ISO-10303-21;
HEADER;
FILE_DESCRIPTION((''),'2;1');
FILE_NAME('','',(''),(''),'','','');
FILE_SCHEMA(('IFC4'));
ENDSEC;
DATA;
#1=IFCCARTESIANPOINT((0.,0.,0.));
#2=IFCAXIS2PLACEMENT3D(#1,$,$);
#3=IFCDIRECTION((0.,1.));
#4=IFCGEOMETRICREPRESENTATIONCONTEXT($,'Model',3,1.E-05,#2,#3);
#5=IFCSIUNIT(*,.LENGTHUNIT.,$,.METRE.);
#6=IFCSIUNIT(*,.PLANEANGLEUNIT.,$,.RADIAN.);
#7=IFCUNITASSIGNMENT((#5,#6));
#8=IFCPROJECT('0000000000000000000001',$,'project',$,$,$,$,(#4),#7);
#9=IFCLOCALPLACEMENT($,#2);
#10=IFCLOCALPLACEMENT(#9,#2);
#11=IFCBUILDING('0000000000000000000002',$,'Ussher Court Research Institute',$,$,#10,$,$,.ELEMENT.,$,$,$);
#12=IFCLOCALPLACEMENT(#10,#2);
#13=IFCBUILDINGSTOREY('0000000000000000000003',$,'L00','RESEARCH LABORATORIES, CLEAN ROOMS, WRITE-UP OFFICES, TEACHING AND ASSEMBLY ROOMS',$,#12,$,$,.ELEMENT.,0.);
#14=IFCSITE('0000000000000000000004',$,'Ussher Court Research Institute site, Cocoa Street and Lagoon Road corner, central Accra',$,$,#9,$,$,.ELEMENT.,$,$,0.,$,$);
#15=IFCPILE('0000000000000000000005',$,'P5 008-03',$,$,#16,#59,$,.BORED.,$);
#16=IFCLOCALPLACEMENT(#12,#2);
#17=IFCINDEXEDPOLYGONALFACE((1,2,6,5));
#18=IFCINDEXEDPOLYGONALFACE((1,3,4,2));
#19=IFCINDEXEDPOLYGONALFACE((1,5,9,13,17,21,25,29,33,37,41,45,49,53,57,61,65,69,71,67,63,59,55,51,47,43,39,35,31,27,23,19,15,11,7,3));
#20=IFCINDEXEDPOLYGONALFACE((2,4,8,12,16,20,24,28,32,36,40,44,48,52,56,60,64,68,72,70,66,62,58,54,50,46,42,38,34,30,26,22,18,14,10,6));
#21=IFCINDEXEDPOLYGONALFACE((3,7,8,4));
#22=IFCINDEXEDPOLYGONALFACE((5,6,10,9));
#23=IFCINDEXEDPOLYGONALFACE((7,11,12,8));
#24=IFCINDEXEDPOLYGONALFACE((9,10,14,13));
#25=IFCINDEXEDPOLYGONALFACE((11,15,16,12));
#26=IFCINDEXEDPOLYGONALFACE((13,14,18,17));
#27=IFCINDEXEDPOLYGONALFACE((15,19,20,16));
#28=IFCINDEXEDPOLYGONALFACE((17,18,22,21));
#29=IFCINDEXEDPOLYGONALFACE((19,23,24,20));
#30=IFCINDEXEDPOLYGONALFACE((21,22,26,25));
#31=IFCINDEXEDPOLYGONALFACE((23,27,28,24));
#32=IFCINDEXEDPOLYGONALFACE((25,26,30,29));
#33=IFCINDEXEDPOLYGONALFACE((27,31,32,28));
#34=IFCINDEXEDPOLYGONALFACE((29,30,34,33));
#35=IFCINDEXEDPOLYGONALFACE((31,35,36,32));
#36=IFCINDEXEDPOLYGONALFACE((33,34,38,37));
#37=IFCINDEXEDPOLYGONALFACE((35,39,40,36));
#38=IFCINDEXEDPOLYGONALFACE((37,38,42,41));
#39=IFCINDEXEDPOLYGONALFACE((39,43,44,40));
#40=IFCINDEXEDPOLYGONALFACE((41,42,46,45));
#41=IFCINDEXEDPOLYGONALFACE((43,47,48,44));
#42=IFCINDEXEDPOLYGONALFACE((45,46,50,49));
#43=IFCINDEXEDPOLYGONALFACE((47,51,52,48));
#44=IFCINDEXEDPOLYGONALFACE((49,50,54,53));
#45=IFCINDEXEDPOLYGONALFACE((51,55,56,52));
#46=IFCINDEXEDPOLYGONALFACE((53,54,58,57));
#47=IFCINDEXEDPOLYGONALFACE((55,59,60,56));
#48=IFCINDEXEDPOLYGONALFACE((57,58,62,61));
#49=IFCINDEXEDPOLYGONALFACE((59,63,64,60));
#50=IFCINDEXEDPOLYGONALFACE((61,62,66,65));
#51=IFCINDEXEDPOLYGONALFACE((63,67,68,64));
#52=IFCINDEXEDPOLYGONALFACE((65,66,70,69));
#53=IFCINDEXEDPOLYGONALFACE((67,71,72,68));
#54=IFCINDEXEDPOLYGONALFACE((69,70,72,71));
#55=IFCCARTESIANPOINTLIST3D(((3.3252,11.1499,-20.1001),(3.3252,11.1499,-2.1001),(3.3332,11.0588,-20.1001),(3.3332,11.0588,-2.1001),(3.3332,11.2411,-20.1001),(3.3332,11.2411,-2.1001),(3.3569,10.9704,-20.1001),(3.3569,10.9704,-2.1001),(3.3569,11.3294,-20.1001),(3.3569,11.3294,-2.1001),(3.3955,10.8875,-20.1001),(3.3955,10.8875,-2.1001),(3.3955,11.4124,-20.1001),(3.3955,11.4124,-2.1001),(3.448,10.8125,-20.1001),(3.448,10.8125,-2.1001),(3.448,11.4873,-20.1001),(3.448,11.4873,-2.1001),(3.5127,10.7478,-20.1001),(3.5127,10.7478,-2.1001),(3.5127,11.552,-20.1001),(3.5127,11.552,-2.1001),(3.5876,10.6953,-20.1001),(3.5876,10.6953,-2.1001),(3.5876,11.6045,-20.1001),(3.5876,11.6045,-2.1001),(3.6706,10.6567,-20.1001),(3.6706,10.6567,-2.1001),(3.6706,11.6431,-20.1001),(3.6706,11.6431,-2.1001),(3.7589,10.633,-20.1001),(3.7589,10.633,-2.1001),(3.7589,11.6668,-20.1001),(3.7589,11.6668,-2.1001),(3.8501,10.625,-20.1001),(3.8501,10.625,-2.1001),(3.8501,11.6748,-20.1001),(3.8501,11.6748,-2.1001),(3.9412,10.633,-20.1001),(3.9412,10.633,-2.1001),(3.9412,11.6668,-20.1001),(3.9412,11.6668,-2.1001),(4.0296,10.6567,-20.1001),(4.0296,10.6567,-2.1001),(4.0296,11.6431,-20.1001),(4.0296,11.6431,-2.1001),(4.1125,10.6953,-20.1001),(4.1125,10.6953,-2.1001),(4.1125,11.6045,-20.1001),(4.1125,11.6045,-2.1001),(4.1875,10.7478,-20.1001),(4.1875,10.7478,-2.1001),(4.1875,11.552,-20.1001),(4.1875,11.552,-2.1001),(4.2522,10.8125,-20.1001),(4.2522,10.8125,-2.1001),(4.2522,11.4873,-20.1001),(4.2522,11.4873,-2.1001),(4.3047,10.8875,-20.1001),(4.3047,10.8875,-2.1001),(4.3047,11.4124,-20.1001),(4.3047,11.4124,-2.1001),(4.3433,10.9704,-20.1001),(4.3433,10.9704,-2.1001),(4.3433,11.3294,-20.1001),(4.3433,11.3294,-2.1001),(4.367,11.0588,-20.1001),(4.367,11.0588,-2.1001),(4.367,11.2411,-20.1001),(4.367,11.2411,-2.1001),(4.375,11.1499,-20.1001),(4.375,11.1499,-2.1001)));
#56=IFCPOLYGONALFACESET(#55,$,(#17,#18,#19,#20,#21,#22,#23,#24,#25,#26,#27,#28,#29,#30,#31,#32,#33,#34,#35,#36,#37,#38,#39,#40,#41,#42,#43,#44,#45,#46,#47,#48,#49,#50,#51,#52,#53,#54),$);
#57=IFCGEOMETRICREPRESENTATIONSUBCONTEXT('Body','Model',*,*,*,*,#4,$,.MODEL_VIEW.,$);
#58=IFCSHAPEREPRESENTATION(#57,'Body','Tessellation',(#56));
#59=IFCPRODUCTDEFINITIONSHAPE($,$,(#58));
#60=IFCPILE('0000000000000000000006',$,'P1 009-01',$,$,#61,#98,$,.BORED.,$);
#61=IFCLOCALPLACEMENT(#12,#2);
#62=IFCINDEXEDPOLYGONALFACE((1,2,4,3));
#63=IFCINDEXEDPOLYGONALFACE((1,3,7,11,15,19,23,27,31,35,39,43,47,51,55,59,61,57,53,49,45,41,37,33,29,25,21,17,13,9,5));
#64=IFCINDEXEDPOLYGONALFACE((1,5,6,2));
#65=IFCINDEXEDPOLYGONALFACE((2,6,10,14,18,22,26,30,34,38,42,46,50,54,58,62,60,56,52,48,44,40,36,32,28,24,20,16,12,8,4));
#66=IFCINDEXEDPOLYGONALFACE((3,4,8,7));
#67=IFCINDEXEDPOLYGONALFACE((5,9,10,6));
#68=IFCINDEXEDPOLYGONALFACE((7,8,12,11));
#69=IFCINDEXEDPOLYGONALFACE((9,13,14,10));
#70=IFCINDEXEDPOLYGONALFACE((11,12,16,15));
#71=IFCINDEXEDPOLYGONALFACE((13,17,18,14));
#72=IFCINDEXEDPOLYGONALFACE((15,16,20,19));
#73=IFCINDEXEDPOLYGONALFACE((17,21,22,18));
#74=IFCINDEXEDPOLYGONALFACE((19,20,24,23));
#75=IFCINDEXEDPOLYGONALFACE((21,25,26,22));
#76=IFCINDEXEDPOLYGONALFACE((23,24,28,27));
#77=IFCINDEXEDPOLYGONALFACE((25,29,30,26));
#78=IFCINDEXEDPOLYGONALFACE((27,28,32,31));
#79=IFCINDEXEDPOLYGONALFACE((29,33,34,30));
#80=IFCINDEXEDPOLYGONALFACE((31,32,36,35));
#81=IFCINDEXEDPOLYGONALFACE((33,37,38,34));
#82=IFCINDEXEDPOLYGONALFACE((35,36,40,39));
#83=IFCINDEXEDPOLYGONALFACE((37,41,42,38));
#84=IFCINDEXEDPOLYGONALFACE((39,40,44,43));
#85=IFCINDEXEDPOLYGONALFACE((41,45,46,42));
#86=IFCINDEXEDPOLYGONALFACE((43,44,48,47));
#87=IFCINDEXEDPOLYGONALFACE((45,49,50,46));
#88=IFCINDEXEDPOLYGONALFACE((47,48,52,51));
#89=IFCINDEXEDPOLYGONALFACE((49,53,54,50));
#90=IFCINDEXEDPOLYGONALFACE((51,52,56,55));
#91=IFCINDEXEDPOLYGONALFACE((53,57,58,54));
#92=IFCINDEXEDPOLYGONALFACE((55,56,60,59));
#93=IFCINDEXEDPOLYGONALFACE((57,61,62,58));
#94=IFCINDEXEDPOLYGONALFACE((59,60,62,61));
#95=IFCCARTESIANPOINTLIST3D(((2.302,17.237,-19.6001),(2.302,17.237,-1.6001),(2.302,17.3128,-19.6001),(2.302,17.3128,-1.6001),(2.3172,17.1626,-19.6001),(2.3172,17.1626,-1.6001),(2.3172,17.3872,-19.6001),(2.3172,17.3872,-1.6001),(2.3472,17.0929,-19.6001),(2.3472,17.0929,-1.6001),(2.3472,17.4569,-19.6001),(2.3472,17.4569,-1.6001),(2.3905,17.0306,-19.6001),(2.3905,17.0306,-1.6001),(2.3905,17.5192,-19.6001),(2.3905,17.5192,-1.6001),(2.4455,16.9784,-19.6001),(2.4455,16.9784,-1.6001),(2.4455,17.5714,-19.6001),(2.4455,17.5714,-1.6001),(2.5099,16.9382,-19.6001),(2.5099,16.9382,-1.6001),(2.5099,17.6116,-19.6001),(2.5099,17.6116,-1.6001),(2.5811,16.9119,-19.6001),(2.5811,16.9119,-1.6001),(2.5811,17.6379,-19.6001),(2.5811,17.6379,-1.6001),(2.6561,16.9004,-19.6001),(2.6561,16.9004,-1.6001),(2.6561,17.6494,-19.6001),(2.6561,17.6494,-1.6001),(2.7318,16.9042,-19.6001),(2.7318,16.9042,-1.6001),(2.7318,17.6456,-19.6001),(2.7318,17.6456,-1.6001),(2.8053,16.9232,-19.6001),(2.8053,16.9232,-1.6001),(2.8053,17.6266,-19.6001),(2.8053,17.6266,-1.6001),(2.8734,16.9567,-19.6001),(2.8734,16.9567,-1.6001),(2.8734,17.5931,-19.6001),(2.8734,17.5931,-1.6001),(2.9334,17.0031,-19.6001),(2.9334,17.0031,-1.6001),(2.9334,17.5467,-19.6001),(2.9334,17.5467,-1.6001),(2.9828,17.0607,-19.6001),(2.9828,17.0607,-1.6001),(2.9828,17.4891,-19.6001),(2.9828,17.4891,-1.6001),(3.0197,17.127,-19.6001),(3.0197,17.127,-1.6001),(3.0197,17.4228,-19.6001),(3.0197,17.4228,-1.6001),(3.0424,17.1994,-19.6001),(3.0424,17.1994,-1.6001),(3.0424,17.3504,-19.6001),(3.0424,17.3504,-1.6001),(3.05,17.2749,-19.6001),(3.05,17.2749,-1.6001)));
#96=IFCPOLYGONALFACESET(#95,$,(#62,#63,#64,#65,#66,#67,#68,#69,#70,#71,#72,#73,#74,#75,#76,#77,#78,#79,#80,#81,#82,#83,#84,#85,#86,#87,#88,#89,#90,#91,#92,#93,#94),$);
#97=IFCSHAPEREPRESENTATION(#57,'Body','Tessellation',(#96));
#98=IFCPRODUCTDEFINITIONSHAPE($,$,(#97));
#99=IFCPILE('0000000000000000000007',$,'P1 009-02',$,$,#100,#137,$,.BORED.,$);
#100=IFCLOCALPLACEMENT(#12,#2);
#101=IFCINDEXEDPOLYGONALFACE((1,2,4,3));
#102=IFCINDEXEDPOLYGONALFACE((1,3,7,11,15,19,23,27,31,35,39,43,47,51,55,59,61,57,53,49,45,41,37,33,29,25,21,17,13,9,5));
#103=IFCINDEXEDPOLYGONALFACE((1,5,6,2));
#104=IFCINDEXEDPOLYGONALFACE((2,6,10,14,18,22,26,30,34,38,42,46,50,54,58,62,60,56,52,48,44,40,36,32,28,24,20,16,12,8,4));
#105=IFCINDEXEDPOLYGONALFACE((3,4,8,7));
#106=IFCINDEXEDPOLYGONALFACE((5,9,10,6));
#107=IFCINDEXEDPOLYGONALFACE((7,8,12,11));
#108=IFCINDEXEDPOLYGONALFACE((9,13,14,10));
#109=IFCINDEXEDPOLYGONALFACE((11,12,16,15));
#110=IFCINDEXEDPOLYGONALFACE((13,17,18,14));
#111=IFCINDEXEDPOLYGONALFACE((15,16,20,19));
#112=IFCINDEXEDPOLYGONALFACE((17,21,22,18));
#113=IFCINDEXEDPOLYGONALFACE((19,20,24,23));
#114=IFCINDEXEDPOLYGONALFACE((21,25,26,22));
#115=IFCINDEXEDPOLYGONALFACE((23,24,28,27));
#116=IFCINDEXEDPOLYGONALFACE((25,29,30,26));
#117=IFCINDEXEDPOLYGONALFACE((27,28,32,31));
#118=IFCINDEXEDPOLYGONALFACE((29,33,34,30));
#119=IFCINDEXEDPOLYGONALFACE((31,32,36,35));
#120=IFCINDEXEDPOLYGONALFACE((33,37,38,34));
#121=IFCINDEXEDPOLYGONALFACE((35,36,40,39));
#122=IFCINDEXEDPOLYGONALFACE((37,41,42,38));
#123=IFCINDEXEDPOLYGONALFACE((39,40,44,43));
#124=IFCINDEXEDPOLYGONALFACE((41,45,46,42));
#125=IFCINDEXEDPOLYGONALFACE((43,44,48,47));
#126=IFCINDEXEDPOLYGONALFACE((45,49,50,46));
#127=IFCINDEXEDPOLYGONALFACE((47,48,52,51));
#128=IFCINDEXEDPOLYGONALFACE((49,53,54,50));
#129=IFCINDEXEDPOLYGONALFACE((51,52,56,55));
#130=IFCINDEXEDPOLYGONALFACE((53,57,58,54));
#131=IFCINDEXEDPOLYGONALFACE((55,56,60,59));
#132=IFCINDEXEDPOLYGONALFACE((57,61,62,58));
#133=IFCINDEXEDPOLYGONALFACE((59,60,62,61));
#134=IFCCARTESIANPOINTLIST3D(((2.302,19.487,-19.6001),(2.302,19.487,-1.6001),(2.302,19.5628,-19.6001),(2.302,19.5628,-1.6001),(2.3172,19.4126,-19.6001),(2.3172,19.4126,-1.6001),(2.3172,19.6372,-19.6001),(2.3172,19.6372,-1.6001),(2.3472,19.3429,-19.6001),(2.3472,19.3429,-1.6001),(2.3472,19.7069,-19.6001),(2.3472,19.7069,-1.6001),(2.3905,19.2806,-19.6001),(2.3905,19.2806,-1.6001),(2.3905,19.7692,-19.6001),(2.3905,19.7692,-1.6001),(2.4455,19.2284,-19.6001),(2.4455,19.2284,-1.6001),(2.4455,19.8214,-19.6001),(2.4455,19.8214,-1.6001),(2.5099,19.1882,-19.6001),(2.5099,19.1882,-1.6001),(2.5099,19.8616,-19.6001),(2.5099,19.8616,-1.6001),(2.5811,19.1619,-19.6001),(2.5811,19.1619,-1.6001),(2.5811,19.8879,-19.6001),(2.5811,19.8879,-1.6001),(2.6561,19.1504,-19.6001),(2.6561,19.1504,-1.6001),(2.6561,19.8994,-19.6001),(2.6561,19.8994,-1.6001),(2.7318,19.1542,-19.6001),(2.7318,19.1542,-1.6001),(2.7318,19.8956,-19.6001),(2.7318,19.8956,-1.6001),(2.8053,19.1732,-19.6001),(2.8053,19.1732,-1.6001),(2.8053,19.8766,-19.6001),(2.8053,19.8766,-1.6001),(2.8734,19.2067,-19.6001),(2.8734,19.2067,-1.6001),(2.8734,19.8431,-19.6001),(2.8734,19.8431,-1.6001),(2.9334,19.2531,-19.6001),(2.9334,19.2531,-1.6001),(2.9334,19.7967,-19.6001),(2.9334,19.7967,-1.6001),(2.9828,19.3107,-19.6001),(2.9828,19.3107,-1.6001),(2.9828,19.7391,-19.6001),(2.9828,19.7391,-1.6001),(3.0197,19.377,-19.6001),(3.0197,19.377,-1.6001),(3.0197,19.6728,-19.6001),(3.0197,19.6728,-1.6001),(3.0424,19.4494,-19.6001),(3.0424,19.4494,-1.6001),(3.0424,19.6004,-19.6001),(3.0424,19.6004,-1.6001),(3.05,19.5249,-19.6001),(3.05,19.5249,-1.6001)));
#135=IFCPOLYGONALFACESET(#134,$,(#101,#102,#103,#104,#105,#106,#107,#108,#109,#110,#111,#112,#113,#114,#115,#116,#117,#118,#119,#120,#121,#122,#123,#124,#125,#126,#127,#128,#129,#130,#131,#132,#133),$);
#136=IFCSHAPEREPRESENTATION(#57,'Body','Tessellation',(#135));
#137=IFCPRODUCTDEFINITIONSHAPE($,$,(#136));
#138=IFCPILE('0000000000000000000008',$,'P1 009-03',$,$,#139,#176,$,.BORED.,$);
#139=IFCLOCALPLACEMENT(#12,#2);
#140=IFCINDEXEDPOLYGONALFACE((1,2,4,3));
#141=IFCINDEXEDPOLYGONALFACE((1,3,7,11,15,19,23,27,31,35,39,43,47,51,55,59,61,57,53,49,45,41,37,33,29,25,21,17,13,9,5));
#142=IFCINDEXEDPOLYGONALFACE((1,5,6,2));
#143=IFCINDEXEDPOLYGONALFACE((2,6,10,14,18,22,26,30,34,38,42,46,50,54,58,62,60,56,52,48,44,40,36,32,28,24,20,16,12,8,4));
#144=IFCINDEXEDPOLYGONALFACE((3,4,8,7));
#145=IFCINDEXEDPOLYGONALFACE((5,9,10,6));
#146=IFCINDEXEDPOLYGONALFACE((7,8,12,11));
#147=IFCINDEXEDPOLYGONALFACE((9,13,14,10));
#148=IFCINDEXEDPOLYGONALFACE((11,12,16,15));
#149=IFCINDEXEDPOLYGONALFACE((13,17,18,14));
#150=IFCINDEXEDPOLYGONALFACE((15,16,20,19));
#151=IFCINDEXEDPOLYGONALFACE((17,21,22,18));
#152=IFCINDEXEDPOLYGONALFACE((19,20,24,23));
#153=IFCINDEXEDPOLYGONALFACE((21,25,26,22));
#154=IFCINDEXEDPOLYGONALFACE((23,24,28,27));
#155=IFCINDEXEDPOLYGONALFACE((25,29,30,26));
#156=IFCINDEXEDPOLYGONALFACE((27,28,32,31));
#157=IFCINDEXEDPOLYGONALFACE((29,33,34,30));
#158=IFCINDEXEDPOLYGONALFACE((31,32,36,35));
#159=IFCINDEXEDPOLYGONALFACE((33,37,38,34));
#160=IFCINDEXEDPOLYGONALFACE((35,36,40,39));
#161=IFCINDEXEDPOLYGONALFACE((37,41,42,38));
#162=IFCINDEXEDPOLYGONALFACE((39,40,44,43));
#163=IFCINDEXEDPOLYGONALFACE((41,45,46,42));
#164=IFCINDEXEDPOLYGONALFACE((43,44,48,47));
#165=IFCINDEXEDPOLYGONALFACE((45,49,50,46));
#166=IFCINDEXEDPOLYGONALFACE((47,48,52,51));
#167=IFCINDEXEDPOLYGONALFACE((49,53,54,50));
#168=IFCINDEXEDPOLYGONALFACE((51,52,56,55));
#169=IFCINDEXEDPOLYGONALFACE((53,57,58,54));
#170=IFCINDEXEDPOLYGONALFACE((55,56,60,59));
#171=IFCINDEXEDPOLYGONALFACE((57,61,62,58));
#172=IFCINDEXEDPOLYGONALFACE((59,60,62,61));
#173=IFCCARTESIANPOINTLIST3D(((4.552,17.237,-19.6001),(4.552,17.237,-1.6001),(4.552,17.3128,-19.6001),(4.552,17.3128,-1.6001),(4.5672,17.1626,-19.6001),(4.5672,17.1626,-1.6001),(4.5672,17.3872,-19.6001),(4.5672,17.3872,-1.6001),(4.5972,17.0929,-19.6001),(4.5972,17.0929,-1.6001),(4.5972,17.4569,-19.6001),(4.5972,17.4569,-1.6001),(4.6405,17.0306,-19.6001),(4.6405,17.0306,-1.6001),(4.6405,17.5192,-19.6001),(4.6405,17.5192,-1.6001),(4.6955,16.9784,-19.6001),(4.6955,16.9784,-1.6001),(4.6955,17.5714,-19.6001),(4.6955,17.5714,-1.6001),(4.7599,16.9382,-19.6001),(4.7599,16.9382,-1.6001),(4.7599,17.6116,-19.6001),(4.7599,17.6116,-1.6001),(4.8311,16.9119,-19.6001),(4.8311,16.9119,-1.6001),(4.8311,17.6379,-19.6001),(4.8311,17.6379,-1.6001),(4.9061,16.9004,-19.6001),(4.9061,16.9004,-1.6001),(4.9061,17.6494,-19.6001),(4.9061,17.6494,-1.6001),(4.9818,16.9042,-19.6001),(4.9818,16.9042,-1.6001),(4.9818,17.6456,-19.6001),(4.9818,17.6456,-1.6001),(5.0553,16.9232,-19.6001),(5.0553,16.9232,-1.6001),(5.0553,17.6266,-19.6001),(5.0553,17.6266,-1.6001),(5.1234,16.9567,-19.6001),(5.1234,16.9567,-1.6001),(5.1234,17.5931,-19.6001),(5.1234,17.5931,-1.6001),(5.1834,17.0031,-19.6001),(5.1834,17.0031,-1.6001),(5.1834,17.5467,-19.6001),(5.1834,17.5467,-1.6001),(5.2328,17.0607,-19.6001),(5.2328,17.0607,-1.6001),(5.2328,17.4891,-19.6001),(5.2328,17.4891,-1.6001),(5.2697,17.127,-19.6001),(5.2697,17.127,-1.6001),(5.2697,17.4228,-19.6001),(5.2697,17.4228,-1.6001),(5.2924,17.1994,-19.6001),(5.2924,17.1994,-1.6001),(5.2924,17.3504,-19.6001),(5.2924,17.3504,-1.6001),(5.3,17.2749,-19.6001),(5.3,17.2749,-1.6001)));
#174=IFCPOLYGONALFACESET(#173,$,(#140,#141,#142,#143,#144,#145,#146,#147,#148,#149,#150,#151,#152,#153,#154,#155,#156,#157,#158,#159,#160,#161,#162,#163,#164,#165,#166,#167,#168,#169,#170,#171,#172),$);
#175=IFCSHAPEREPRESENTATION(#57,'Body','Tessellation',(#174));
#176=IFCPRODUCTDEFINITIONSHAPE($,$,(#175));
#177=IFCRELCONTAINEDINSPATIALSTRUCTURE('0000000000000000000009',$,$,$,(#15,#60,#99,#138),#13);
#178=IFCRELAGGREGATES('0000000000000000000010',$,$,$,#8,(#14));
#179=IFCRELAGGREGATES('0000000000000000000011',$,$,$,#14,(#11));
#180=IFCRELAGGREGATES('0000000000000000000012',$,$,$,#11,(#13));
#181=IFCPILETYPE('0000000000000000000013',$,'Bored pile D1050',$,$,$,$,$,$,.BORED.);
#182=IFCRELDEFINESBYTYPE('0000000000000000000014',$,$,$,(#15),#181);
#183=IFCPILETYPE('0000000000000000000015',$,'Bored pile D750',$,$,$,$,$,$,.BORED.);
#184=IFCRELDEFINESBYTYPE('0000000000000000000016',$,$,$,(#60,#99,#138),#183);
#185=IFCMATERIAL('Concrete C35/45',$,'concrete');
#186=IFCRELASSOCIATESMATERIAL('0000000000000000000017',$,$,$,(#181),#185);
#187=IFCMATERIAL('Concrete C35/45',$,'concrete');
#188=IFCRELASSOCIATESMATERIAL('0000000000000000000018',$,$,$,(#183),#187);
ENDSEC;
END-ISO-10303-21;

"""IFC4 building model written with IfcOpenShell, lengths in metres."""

from ifc_helpers import new_model, si_unit, direction, frame, origin, origin_2d, place, context, subcontext, project, spatial, circle, extrude, material, material_profile, profile_set, type_object, element, save


model = new_model("IFC4")

# Units and contexts
model_context = context("Model", 3, precision=1e-05, world=origin(), true_north=direction((0.0, 1.0)))
body_context = subcontext(model_context, "Body", "Model", "MODEL_VIEW")
ifc_project = project(units=[si_unit("LENGTHUNIT", "METRE"), si_unit("PLANEANGLEUNIT", "RADIAN")], contexts=[model_context])

# Site, building, storey
site_placement = place(None, origin())
site = spatial("IfcSite", under=ifc_project, at=site_placement, Name="Ussher Court Research Institute site, Cocoa Street and Lagoon Road corner, central Accra", CompositionType="ELEMENT", RefElevation=0.0)
building_placement = place(site_placement, origin())
building = spatial("IfcBuilding", under=site, at=building_placement, Name="Ussher Court Research Institute", CompositionType="ELEMENT")
storey_placement = place(building_placement, origin())
storey = spatial("IfcBuildingStorey", under=building, at=storey_placement, Name="L00", Description="RESEARCH LABORATORIES, CLEAN ROOMS, WRITE-UP OFFICES, TEACHING AND ASSEMBLY ROOMS", CompositionType="ELEMENT", Elevation=0.0)

# Piles
ifc_material_1 = material(Name="Concrete C35/45", Category="concrete")
ifc_material_profile_1 = material_profile(ifc_material_1, circle(Radius=0.5249, at=origin_2d()), Name="RC D1050")
ifc_profile_set_1 = profile_set([ifc_material_profile_1], Name="Concrete C35/45")
pile_type_1 = type_object("IfcPileType", Name="Bored pile D1050", PredefinedType="BORED", material=ifc_profile_set_1)
pile_placement = place(storey_placement, frame((3.8501, 11.1499, -2.1001), z_axis=(0.0, 0.0, -1.0), x_axis=(1.0, 0.0, 0.0)))
element("IfcPile", 1, at=pile_placement, inside=storey, type_object=pile_type_1, Name="P5 008-03", PredefinedType="BORED", context=body_context, shape_type="SweptSolid", body=[
    extrude(circle(Radius=0.5249, at=origin_2d()), origin(), (0.0, 0.0, 1.0), 18.0),
])
ifc_material_2 = material(Name="Concrete C35/45", Category="concrete")
ifc_material_profile_2 = material_profile(ifc_material_2, circle(Radius=0.375, at=origin_2d()), Name="RC D750")
ifc_profile_set_2 = profile_set([ifc_material_profile_2], Name="Concrete C35/45")
pile_type_2 = type_object("IfcPileType", Name="Bored pile D750", PredefinedType="BORED", material=ifc_profile_set_2)
for number, where, z_axis, x_axis, name in (
    (2, (2.675, 17.2749, -1.6001), (0.0, 0.0, -1.0), (1.0, 0.0, 0.0), "P1 009-01"),
    (3, (2.675, 19.5249, -1.6001), (0.0, 0.0, -1.0), (1.0, 0.0, 0.0), "P1 009-02"),
    (4, (4.925, 17.2749, -1.6001), (0.0, 0.0, -1.0), (1.0, 0.0, 0.0), "P1 009-03"),
):
    element("IfcPile", number, at=place(storey_placement, frame(where, z_axis=z_axis, x_axis=x_axis)), inside=storey, type_object=pile_type_2, Name=name, PredefinedType="BORED", context=body_context, shape_type="SweptSolid", body=[
        extrude(circle(Radius=0.375, at=origin_2d()), origin(), (0.0, 0.0, 1.0), 18.0),
    ])

save(model, "model.ifc")
